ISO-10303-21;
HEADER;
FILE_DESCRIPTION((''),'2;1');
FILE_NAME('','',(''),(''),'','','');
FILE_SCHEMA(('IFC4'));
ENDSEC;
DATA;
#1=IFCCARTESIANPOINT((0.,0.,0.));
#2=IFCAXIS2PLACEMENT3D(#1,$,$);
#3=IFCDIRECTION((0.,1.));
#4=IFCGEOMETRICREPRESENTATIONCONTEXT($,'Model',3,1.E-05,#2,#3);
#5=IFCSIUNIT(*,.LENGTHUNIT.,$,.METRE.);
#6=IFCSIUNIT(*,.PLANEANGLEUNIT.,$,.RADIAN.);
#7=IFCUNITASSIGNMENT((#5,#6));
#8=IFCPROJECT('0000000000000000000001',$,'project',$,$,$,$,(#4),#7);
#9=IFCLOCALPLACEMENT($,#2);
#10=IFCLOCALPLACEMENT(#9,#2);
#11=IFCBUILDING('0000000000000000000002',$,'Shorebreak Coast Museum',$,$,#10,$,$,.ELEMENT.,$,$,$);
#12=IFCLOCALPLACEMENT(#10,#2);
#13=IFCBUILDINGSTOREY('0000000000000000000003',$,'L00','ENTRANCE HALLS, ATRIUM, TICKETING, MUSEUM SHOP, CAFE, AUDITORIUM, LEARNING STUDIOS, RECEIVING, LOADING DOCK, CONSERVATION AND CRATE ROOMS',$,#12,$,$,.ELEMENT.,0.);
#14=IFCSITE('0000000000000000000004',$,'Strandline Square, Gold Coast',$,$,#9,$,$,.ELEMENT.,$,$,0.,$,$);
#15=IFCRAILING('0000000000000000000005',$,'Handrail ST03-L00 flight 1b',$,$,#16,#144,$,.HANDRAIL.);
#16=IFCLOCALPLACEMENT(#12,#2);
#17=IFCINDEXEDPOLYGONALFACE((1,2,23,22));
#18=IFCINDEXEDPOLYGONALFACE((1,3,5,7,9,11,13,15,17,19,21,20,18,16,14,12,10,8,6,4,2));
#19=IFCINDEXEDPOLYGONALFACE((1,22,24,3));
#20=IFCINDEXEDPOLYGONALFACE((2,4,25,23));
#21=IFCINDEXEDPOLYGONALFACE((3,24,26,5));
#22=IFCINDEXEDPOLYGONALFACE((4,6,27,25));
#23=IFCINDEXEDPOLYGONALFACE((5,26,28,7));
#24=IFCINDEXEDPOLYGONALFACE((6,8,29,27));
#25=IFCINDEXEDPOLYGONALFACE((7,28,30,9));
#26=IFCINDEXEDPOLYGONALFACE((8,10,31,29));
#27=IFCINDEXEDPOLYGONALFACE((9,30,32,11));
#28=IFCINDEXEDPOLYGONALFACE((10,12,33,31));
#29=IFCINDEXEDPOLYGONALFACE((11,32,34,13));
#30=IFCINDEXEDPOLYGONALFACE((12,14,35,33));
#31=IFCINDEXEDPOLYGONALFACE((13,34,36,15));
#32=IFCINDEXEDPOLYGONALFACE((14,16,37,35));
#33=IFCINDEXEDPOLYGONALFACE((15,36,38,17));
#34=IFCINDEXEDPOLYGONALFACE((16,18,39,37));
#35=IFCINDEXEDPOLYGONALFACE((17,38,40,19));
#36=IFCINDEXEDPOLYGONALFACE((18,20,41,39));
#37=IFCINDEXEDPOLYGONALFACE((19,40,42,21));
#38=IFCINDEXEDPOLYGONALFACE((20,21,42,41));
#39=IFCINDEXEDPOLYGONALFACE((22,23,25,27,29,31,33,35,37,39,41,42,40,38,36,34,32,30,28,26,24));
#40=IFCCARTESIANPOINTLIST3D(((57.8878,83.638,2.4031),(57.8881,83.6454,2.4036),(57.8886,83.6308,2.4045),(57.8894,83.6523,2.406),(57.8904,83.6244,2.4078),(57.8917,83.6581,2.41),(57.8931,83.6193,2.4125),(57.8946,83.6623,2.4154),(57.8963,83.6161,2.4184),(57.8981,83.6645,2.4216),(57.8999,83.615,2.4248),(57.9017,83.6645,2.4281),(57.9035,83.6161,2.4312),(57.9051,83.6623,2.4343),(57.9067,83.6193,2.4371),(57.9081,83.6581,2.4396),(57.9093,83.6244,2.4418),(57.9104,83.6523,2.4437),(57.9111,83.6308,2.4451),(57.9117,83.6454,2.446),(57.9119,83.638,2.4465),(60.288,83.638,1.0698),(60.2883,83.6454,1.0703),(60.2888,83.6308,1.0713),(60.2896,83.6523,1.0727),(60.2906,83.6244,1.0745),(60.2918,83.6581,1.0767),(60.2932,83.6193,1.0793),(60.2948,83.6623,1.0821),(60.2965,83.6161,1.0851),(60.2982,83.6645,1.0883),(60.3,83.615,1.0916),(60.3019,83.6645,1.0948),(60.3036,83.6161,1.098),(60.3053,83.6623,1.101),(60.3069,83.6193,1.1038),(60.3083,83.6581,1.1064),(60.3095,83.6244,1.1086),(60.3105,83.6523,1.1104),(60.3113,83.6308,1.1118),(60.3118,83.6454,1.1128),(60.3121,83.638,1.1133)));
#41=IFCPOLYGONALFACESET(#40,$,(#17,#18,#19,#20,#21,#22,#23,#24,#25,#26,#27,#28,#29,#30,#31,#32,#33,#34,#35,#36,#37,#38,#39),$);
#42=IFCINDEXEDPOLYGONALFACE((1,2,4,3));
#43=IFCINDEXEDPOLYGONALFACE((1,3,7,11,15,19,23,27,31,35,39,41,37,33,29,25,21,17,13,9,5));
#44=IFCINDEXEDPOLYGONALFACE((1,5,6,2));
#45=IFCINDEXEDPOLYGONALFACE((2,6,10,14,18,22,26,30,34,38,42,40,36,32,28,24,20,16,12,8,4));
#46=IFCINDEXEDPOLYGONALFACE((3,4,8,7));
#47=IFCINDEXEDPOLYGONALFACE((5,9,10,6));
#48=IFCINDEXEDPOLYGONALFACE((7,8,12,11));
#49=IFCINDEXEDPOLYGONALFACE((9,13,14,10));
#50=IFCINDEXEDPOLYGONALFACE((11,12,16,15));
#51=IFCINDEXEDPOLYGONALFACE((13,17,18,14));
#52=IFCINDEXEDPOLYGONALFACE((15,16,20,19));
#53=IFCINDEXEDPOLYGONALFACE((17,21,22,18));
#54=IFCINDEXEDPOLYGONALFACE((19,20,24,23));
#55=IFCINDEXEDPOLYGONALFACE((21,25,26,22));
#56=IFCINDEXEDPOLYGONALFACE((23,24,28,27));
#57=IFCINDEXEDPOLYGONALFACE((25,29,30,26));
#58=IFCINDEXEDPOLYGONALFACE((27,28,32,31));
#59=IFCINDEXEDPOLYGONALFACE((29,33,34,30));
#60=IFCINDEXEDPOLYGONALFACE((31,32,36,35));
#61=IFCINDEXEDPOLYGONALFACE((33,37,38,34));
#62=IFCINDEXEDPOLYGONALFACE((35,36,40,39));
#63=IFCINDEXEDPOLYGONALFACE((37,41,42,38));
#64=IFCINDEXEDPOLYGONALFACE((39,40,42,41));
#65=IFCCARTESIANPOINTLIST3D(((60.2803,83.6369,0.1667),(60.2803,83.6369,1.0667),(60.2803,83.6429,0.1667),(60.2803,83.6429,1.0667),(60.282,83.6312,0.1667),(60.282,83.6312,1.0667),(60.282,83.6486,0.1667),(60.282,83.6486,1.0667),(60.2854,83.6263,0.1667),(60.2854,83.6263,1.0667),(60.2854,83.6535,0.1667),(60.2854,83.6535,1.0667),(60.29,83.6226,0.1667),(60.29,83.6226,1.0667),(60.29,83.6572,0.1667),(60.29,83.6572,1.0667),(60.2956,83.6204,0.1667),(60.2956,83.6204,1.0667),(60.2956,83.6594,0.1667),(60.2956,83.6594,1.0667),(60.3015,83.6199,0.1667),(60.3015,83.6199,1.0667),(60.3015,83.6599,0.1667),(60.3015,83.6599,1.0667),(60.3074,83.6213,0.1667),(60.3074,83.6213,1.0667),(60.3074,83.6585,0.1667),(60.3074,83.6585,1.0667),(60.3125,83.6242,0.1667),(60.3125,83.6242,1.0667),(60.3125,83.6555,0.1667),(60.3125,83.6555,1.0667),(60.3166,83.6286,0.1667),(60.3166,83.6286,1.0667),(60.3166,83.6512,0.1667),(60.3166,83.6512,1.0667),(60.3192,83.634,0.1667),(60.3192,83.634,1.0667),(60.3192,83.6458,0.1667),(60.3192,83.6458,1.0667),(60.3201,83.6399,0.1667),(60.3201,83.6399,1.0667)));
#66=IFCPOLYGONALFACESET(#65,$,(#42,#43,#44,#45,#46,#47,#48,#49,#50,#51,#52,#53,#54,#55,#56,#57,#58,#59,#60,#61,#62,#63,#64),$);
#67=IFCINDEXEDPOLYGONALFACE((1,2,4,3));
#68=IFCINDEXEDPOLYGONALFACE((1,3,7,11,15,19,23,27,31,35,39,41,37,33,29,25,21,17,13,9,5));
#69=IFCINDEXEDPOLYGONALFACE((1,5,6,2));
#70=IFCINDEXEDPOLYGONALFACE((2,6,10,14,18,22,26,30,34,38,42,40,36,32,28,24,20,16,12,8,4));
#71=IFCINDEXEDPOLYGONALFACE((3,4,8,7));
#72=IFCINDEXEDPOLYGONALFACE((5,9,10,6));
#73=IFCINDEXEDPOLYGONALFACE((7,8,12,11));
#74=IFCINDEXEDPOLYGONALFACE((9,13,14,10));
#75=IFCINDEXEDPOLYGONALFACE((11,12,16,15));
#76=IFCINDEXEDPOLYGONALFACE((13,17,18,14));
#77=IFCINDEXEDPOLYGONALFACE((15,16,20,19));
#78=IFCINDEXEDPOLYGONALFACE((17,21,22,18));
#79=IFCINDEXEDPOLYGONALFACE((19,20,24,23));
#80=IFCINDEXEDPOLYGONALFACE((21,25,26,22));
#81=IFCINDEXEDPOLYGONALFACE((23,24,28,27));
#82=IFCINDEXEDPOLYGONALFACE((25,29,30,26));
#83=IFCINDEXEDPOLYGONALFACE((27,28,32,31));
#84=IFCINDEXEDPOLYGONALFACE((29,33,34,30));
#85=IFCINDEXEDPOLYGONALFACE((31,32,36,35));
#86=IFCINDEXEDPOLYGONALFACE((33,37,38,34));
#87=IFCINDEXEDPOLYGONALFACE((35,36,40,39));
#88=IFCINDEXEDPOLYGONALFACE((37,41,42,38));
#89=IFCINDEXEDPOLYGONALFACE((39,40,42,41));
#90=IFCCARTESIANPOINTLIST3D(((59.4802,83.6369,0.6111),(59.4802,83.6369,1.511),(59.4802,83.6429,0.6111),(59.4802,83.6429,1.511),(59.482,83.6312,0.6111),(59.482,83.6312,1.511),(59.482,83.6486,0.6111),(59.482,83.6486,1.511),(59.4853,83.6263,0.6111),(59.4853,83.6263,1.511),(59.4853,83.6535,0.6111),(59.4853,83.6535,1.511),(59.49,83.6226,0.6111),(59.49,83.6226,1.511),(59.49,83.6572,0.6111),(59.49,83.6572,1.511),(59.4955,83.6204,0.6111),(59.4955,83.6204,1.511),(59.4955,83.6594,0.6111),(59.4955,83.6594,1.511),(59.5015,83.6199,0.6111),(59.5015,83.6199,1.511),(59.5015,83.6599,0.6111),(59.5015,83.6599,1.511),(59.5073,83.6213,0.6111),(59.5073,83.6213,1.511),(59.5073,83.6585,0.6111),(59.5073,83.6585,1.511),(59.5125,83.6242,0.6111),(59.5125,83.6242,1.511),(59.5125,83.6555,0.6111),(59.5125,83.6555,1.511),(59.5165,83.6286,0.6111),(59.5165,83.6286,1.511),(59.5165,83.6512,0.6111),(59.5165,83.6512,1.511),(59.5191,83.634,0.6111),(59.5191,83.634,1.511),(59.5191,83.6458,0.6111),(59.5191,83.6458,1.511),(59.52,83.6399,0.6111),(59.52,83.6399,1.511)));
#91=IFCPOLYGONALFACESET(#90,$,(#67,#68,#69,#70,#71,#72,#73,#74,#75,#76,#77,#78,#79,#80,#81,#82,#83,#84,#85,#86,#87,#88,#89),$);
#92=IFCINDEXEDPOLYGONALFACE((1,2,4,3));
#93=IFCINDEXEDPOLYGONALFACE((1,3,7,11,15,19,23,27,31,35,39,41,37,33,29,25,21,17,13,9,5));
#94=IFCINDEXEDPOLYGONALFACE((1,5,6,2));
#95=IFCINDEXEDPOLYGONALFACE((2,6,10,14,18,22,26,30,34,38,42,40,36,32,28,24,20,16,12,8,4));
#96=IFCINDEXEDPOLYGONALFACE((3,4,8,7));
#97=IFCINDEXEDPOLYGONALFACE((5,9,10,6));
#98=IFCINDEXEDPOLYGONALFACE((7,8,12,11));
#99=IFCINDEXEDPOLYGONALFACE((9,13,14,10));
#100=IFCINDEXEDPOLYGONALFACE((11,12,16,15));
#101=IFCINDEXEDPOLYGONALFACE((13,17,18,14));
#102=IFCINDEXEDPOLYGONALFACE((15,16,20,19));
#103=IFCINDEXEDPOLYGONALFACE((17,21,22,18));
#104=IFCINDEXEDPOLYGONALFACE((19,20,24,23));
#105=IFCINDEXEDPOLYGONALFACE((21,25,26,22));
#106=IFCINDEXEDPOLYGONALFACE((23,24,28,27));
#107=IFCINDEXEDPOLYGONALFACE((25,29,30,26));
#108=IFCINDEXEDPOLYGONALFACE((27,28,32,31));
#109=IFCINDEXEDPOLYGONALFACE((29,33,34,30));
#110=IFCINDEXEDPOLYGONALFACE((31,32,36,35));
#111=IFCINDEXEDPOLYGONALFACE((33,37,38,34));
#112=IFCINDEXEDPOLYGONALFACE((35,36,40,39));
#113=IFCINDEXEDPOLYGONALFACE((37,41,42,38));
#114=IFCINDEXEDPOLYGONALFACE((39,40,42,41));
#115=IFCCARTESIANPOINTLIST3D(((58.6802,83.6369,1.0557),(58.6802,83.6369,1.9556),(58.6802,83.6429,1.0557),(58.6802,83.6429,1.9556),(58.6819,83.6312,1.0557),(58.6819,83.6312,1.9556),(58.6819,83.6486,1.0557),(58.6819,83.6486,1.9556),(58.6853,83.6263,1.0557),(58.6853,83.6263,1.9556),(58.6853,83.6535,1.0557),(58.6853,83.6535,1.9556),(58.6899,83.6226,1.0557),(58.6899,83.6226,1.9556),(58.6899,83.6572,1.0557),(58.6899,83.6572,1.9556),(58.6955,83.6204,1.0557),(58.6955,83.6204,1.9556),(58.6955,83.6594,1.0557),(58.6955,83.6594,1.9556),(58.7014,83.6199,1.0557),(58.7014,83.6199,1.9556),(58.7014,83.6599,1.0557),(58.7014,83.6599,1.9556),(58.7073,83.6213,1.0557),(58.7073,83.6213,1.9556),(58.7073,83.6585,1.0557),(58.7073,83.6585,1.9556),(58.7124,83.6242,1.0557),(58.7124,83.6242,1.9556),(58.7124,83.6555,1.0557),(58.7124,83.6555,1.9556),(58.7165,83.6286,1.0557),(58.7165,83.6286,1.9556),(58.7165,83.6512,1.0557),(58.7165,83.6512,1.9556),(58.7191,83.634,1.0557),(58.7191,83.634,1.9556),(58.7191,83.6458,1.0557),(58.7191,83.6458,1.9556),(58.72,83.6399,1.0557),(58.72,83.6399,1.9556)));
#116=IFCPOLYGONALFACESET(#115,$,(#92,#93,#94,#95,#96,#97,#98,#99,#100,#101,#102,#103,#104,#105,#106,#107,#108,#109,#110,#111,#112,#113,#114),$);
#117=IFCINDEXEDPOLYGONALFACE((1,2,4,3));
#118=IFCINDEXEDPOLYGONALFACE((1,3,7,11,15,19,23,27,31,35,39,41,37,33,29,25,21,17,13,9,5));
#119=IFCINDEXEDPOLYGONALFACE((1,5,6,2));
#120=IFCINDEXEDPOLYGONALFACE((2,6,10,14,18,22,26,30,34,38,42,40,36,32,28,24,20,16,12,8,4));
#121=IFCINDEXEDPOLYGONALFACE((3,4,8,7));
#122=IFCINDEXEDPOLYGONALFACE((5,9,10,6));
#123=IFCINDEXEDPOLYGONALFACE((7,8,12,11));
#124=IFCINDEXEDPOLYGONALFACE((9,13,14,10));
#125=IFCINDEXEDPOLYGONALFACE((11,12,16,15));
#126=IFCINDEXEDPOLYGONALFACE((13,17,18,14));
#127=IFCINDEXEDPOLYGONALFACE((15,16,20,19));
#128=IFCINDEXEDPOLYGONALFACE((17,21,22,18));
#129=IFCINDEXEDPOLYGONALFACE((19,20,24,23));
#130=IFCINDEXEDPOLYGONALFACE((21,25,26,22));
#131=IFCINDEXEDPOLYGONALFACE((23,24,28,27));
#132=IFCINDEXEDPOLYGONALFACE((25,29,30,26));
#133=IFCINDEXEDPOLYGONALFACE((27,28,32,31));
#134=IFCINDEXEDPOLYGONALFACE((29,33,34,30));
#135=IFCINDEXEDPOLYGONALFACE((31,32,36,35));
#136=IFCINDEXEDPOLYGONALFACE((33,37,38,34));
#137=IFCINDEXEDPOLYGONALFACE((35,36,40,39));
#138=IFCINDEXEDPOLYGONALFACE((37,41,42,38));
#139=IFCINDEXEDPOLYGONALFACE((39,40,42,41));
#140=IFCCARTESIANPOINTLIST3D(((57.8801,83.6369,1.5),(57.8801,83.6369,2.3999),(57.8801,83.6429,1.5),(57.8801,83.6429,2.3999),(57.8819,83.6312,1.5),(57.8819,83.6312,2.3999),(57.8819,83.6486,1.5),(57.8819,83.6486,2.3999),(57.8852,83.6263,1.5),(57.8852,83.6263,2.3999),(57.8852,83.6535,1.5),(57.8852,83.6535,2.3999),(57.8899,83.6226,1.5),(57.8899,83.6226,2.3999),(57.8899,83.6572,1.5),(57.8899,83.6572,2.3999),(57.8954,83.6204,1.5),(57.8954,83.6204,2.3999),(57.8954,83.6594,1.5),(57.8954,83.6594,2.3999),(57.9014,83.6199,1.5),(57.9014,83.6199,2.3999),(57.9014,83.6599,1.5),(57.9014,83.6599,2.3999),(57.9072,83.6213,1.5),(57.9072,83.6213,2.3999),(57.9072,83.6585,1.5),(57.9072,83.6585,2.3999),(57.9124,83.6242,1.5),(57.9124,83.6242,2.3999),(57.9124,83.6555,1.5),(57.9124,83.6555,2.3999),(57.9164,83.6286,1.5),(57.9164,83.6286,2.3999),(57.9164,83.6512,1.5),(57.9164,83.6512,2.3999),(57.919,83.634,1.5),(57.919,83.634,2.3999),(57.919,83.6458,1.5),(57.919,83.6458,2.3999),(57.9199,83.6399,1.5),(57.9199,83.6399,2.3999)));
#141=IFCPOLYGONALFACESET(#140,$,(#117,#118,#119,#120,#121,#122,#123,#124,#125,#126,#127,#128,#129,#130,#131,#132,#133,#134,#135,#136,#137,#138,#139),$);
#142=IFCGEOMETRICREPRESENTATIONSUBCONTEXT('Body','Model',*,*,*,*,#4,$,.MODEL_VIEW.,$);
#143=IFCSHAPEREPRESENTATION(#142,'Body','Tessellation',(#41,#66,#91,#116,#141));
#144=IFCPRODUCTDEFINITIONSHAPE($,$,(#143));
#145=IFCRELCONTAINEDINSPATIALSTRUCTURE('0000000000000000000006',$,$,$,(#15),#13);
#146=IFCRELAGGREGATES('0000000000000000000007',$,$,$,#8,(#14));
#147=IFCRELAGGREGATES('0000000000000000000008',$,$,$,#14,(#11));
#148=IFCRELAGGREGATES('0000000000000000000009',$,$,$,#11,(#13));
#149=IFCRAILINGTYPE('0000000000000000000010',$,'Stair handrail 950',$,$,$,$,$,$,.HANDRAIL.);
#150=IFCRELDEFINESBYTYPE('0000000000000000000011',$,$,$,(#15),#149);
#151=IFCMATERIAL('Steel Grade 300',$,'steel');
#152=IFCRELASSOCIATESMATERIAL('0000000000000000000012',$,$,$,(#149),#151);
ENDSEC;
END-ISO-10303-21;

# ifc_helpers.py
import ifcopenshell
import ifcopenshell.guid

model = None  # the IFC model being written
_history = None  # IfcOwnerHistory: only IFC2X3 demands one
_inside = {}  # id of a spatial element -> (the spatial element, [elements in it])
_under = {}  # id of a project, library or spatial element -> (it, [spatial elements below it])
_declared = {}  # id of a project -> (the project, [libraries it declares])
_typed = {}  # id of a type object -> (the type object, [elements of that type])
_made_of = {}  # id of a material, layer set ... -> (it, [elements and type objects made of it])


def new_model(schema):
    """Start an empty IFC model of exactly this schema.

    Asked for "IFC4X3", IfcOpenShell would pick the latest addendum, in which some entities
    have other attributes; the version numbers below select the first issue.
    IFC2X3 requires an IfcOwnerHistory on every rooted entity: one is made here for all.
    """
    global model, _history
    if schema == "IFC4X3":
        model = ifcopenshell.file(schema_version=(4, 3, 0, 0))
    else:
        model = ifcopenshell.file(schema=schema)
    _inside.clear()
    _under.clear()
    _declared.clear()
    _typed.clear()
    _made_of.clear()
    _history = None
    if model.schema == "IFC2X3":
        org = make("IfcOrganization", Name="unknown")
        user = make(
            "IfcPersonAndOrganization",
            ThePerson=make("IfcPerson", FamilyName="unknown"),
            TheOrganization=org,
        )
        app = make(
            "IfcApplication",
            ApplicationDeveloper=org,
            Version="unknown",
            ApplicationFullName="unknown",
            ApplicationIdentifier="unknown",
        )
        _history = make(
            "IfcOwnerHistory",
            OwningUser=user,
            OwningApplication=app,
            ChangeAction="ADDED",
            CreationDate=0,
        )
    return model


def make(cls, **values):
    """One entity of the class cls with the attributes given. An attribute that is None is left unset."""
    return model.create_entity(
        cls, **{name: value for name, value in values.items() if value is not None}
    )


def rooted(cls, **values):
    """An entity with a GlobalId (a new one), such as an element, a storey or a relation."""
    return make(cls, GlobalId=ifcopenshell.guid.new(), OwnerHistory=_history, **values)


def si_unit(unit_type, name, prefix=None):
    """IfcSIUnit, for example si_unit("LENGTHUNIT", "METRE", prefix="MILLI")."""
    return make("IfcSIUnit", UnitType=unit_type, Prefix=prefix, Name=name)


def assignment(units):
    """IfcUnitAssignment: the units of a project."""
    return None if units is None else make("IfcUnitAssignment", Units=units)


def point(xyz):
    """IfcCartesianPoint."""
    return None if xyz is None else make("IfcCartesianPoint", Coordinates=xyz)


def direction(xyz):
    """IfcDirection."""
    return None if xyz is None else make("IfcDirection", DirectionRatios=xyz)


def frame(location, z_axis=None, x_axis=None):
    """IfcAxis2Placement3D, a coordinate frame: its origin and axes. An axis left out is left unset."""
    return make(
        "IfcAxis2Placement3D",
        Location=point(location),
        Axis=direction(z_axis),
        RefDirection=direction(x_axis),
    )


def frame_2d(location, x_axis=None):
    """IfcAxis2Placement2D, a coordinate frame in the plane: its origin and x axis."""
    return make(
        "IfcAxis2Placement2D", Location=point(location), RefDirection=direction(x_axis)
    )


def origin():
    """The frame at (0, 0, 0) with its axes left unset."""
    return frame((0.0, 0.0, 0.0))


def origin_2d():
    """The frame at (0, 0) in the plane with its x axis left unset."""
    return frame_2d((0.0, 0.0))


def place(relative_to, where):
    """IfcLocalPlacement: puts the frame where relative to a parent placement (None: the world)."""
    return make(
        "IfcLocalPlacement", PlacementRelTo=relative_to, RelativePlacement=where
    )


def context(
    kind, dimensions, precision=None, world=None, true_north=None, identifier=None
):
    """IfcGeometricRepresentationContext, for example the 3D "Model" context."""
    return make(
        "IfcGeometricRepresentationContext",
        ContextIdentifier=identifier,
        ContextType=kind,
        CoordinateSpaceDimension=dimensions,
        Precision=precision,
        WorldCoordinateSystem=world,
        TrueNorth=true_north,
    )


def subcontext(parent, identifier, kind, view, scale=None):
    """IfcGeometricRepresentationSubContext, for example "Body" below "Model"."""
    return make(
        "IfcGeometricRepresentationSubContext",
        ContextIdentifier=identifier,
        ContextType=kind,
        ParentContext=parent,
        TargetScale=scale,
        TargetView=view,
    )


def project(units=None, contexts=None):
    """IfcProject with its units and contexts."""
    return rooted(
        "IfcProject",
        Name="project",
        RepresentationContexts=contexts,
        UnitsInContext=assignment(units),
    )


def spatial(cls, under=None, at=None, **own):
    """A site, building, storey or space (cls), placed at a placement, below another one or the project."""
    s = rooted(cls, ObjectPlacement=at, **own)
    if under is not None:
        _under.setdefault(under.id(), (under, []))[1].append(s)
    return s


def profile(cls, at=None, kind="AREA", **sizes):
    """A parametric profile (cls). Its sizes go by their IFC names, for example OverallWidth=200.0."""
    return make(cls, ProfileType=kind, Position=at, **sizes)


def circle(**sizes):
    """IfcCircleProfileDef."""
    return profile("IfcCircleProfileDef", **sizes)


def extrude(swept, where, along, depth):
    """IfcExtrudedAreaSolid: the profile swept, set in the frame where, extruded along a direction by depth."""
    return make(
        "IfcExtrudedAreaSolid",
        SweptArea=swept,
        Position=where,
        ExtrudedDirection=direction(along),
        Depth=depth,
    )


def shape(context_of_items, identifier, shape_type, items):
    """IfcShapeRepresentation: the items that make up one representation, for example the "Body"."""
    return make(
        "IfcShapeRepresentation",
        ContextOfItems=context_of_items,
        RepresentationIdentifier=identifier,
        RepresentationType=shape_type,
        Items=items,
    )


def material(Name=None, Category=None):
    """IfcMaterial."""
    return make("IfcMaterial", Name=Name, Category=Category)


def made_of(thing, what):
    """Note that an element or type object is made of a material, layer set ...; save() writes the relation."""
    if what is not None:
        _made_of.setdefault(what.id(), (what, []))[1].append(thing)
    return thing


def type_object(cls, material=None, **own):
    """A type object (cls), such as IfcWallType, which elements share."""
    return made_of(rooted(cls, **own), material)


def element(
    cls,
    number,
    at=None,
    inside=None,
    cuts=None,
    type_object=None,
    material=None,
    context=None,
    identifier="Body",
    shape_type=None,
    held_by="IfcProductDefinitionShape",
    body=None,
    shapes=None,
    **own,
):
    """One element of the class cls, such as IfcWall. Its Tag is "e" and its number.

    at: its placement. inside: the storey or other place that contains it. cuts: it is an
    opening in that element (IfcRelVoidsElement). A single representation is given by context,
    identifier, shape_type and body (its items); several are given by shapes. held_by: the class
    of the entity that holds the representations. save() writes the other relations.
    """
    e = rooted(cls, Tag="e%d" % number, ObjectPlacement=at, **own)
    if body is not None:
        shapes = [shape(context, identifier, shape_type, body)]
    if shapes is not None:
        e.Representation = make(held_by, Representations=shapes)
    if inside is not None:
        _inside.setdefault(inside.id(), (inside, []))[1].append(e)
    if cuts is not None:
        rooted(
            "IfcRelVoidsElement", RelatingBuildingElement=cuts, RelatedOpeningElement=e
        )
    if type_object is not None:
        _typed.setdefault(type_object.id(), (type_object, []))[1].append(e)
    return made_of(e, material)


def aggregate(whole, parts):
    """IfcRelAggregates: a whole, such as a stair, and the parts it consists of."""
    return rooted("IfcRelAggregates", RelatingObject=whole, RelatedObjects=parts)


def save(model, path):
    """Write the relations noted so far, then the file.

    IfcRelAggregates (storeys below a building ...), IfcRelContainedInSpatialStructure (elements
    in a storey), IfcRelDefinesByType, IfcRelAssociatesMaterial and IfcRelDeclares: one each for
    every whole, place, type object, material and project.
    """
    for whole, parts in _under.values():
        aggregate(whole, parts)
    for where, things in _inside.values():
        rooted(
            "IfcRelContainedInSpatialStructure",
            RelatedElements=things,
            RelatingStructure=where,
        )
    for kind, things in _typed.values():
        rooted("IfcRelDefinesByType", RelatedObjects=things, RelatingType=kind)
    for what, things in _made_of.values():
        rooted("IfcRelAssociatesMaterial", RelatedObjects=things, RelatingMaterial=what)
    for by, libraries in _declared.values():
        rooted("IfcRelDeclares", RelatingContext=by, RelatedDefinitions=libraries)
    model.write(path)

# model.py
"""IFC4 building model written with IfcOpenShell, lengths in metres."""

from ifc_helpers import new_model, si_unit, direction, frame, origin, origin_2d, place, context, subcontext, project, spatial, circle, extrude, material, type_object, element, save


model = new_model("IFC4")

# Units and contexts
model_context = context("Model", 3, precision=1e-05, world=origin(), true_north=direction((0.0, 1.0)))
body_context = subcontext(model_context, "Body", "Model", "MODEL_VIEW")
ifc_project = project(units=[si_unit("LENGTHUNIT", "METRE"), si_unit("PLANEANGLEUNIT", "RADIAN")], contexts=[model_context])

# Site, building, storey
site_placement = place(None, origin())
site = spatial("IfcSite", under=ifc_project, at=site_placement, Name="Strandline Square, Gold Coast", CompositionType="ELEMENT", RefElevation=0.0)
building_placement = place(site_placement, origin())
building = spatial("IfcBuilding", under=site, at=building_placement, Name="Shorebreak Coast Museum", CompositionType="ELEMENT")
storey_placement = place(building_placement, origin())
storey = spatial("IfcBuildingStorey", under=building, at=storey_placement, Name="L00", Description="ENTRANCE HALLS, ATRIUM, TICKETING, MUSEUM SHOP, CAFE, AUDITORIUM, LEARNING STUDIOS, RECEIVING, LOADING DOCK, CONSERVATION AND CRATE ROOMS", CompositionType="ELEMENT", Elevation=0.0)

# Railing
ifc_material_1 = material(Name="Steel Grade 300", Category="steel")
railing_type_1 = type_object("IfcRailingType", Name="Stair handrail 950", PredefinedType="HANDRAIL", material=ifc_material_1)
for number, where, name in (
    (1, (60.3, 83.6399, 0.1667), "Handrail ST03-L00 flight 1b"),
):
    element("IfcRailing", number, at=place(storey_placement, frame(where)), inside=storey, type_object=railing_type_1, Name=name, PredefinedType="HANDRAIL", context=body_context, shape_type="SweptSolid", body=[
        extrude(circle(Radius=0.0249, at=origin_2d()), frame((0.0, 0.0, 0.9248), z_axis=(-0.874182, 0.0, 0.485598), x_axis=(0.0, -1.0, 0.0)), (0.0, 0.0, 1.0), 2.7456),
        extrude(circle(Radius=0.02, at=origin_2d()), origin(), (0.0, 0.0, 1.0), 0.8999),
        extrude(circle(Radius=0.02, at=origin_2d()), frame((-0.8, 0.0, 0.4443)), (0.0, 0.0, 1.0), 0.8999),
        extrude(circle(Radius=0.02, at=origin_2d()), frame((-1.6001, 0.0, 0.8889)), (0.0, 0.0, 1.0), 0.8999),
        extrude(circle(Radius=0.02, at=origin_2d()), frame((-2.4001, 0.0, 1.3333)), (0.0, 0.0, 1.0), 0.8999),
    ])

save(model, "model.ifc")
